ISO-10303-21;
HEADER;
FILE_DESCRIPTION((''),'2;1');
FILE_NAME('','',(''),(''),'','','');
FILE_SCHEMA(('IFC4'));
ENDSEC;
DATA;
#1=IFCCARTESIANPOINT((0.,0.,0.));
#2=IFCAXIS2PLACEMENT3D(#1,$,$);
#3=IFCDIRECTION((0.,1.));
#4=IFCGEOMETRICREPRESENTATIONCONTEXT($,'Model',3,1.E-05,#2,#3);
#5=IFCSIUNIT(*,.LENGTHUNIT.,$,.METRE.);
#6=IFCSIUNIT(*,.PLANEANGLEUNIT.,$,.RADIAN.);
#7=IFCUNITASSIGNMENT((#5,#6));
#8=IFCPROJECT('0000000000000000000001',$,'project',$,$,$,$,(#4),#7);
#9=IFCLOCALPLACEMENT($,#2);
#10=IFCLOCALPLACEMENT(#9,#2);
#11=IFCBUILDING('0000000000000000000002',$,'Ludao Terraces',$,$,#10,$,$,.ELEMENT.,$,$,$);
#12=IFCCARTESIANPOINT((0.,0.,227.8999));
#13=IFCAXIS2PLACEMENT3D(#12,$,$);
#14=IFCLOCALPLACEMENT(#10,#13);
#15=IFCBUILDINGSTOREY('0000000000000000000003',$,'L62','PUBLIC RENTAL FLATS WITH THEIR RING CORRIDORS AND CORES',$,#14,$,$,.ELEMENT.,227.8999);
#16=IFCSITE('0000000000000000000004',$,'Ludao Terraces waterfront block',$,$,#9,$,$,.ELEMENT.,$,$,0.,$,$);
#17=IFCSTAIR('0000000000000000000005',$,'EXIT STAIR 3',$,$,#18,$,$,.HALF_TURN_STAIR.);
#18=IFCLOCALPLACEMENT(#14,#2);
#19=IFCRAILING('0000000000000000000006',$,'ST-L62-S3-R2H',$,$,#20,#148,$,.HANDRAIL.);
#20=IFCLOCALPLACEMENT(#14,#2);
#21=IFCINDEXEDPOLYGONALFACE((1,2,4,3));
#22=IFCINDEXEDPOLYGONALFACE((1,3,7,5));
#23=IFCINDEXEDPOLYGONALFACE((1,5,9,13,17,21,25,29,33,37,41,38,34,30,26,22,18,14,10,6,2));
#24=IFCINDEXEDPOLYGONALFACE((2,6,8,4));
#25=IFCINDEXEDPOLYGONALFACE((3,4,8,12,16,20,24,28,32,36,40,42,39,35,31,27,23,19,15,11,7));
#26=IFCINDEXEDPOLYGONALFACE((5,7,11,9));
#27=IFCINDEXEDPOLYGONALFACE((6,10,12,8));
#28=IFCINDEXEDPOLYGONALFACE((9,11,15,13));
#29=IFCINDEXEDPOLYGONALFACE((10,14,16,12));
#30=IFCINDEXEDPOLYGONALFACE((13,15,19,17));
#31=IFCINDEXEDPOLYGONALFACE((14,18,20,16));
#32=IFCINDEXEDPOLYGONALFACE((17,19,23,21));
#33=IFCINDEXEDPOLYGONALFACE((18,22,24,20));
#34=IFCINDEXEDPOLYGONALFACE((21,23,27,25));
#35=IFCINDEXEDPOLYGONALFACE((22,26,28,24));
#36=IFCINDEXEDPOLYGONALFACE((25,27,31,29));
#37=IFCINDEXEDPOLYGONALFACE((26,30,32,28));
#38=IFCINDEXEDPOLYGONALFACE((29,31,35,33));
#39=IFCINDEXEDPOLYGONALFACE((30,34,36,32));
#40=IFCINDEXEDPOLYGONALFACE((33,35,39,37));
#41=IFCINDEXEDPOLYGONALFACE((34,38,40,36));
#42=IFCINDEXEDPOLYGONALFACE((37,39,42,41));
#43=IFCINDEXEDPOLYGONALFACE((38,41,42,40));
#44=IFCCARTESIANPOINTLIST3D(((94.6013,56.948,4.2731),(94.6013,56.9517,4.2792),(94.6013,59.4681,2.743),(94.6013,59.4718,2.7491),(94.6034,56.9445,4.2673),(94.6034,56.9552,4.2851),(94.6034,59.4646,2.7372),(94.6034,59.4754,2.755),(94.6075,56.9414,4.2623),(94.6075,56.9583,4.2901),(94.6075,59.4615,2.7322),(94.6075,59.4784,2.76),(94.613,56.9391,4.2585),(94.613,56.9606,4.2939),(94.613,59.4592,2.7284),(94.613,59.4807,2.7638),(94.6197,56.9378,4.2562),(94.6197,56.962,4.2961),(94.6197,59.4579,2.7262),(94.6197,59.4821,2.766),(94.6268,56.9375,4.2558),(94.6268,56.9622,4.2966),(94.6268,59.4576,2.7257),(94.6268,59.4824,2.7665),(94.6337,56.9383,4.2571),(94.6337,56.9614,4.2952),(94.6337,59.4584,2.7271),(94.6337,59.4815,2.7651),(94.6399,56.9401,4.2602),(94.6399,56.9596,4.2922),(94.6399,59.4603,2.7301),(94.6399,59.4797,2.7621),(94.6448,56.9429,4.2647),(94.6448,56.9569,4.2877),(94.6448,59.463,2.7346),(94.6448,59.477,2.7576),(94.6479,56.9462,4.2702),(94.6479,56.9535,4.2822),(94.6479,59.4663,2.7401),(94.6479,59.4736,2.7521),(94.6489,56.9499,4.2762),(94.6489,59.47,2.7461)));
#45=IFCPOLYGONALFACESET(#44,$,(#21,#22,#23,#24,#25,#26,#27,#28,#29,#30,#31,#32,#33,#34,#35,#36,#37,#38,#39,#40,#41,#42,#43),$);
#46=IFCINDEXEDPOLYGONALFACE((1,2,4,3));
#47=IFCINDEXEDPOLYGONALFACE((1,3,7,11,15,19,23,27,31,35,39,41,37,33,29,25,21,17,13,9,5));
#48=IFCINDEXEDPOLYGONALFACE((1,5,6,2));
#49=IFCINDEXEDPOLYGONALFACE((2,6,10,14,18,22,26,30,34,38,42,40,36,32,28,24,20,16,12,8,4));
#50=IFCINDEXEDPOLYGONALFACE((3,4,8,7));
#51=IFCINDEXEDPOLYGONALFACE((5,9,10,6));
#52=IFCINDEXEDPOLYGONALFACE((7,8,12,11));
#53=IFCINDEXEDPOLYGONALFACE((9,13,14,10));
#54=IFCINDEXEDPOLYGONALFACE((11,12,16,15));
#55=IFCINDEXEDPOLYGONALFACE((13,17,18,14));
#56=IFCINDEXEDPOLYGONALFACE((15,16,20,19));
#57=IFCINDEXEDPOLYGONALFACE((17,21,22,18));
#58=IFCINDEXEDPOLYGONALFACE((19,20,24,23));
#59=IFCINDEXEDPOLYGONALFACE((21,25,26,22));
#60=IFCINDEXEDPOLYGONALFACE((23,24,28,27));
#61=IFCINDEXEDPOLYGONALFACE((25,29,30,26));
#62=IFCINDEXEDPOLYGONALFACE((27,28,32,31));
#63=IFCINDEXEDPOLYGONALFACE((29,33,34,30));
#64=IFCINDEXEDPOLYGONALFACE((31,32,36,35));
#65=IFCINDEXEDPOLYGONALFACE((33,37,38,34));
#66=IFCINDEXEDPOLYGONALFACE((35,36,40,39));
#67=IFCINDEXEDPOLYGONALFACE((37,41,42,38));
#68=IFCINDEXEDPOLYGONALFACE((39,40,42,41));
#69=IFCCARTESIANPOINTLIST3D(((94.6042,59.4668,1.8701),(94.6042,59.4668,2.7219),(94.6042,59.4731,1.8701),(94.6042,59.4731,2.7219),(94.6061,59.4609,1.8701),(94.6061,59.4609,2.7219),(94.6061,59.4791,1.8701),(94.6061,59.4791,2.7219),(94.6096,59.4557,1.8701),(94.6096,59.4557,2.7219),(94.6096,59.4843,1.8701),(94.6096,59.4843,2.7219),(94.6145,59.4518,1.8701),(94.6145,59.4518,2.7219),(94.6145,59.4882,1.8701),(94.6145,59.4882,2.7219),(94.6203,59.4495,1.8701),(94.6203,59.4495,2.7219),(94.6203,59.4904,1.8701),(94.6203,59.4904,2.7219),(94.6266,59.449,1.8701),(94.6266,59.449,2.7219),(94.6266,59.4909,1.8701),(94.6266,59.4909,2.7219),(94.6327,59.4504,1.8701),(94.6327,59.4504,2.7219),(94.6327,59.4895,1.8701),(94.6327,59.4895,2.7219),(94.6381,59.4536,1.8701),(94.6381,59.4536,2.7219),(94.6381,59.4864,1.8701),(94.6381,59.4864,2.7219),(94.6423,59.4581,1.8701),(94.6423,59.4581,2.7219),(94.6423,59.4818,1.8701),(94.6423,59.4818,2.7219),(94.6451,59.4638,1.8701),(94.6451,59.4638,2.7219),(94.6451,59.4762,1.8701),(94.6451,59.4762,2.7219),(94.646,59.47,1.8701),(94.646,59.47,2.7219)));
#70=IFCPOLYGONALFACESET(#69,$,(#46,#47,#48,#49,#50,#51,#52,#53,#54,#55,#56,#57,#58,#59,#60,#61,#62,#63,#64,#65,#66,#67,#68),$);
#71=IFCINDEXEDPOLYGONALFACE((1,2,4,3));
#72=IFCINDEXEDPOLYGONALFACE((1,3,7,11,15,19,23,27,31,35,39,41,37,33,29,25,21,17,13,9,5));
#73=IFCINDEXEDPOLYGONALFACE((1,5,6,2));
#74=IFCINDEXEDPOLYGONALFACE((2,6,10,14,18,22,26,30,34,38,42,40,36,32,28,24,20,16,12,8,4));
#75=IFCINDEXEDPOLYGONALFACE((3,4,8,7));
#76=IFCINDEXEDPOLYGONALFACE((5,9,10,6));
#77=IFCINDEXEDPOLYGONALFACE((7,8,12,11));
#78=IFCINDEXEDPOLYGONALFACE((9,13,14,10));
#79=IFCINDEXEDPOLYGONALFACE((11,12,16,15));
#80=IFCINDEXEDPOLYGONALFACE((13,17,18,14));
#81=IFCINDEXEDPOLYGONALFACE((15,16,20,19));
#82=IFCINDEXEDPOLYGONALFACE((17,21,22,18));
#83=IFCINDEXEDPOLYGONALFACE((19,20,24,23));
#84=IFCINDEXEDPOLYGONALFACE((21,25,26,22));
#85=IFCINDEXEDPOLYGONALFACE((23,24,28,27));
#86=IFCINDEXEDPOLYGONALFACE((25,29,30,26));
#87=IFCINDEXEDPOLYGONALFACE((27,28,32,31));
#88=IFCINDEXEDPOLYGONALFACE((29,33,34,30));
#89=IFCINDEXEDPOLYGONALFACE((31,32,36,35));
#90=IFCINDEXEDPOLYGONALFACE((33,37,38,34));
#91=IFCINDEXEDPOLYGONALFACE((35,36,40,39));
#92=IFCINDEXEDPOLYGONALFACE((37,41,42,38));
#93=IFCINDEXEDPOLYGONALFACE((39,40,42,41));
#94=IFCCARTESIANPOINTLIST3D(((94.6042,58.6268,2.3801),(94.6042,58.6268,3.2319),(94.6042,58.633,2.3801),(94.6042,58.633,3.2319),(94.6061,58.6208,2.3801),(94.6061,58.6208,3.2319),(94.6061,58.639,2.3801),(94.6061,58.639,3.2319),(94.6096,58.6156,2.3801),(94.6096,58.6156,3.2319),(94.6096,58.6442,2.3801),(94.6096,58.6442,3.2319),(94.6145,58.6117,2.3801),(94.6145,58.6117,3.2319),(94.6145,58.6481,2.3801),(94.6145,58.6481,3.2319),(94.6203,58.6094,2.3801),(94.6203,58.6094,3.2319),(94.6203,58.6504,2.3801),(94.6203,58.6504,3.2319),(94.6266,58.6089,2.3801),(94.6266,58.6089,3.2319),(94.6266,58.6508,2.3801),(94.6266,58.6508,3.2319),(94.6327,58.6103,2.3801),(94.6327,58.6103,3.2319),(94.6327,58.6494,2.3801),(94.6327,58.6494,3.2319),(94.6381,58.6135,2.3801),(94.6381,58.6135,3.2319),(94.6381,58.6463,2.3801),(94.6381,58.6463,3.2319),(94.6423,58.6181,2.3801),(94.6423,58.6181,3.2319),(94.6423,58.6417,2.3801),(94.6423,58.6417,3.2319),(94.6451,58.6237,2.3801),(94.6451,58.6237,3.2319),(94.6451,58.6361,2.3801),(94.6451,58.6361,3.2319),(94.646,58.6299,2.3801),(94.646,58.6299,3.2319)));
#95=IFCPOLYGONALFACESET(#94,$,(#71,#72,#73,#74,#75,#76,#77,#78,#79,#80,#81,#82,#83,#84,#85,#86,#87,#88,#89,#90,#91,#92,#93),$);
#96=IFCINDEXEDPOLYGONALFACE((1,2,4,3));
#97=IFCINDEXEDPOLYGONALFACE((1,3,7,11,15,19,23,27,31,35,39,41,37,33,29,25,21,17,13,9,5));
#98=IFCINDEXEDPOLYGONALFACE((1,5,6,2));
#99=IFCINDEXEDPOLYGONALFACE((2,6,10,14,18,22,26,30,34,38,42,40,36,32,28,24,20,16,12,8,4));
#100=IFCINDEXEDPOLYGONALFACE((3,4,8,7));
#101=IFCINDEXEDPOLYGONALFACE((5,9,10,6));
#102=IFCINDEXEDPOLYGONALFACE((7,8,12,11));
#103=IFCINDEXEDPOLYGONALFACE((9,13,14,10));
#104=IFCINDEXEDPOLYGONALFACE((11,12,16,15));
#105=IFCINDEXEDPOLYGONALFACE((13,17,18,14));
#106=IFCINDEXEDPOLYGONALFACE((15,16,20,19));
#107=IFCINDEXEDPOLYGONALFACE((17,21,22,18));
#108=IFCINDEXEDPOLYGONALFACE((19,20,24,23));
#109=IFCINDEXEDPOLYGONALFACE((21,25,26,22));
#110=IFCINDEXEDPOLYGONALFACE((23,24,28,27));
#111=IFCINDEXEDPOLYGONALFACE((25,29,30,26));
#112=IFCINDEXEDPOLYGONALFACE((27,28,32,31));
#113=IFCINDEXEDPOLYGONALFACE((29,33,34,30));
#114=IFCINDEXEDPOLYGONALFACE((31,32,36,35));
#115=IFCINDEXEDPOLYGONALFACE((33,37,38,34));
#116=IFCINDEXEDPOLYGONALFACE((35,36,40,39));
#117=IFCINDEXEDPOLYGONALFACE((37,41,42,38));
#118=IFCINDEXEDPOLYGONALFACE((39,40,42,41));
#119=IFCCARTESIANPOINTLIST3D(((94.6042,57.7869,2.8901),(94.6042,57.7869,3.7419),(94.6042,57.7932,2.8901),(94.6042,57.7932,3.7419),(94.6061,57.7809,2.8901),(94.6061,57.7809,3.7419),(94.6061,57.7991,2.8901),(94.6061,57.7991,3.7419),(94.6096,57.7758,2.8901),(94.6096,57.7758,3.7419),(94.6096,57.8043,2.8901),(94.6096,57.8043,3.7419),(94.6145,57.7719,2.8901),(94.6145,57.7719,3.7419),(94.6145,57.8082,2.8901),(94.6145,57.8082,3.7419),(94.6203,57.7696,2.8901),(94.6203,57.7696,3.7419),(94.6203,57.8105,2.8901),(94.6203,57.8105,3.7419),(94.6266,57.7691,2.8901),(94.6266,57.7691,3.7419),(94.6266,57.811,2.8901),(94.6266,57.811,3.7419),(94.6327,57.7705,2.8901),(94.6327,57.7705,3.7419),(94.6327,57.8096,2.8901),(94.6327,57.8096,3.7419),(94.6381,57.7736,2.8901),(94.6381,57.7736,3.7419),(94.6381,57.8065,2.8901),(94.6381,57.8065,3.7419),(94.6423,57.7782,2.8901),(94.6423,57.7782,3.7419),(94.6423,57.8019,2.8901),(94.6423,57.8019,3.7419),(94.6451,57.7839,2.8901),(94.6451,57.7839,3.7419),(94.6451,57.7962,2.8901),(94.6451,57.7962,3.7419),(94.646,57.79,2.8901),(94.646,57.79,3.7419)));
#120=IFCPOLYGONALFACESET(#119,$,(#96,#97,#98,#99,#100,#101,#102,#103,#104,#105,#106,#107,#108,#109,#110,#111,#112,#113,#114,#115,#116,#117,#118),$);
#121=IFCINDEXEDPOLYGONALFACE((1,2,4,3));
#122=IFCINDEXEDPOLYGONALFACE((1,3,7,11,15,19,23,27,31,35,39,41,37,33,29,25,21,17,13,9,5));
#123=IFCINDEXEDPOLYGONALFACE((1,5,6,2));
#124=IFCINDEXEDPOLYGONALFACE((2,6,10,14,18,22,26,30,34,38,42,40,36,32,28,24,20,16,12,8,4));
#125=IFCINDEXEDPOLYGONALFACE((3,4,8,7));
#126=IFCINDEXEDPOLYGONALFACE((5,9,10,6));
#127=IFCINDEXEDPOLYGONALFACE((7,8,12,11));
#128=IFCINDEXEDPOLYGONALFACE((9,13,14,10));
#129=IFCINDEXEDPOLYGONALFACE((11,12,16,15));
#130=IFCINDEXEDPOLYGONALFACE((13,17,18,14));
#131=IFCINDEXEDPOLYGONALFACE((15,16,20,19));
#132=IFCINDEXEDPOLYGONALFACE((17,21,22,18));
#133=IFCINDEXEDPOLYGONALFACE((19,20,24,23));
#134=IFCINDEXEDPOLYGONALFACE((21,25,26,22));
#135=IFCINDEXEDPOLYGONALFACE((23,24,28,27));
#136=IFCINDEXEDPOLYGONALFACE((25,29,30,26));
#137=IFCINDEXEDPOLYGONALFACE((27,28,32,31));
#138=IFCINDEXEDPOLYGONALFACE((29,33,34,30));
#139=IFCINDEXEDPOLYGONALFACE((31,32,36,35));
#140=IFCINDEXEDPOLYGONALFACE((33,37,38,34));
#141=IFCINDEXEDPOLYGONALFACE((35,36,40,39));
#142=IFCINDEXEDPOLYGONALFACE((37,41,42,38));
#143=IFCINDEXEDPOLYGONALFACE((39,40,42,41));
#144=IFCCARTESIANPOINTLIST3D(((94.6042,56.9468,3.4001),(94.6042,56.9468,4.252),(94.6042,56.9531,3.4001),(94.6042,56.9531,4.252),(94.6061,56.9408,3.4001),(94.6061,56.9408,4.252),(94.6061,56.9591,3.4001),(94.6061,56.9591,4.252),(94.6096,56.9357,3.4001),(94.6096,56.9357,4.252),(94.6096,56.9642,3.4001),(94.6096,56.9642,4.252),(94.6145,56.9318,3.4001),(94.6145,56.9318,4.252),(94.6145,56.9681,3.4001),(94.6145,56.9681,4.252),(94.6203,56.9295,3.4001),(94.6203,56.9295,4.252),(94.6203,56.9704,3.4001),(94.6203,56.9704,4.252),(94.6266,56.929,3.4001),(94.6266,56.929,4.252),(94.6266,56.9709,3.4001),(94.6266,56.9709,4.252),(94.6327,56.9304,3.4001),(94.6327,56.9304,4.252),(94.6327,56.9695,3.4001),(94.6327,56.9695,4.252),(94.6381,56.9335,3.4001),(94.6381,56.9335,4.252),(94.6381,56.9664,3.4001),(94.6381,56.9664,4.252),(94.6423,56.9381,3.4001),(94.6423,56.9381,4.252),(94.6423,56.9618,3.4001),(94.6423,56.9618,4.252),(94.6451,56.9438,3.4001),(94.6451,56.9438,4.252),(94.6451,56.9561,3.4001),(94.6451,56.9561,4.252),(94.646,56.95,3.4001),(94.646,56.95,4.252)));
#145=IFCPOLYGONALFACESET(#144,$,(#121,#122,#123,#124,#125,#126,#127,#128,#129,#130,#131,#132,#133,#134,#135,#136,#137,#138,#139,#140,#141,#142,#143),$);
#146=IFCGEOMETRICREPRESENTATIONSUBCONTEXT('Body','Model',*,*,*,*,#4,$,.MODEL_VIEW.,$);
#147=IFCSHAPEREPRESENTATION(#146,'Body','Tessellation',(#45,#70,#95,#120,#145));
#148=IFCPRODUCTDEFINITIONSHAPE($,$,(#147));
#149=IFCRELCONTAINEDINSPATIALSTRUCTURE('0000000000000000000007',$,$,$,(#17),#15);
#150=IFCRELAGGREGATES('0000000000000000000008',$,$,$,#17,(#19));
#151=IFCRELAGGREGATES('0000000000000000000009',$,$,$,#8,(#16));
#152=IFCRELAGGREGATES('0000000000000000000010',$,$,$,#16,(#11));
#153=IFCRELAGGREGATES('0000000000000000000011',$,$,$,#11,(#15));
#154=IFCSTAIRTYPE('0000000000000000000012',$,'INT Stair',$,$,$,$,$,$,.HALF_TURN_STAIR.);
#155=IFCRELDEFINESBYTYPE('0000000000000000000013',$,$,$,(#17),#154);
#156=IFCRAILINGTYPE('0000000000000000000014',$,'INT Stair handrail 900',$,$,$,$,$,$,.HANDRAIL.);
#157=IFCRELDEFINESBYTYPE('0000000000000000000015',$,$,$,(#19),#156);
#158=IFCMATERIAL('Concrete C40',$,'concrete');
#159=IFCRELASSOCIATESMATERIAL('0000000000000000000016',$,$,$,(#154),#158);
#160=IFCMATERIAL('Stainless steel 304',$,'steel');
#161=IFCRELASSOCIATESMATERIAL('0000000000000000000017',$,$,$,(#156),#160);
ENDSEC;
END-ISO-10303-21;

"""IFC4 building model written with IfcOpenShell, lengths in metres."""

from ifc_helpers import new_model, si_unit, direction, frame, origin, origin_2d, place, context, subcontext, project, spatial, circle, extrude, material, type_object, element, aggregate, save


model = new_model("IFC4")

# Units and contexts
model_context = context("Model", 3, precision=1e-05, world=origin(), true_north=direction((0.0, 1.0)))
body_context = subcontext(model_context, "Body", "Model", "MODEL_VIEW")
ifc_project = project(units=[si_unit("LENGTHUNIT", "METRE"), si_unit("PLANEANGLEUNIT", "RADIAN")], contexts=[model_context])

# Site, building, storey
site_placement = place(None, origin())
site = spatial("IfcSite", under=ifc_project, at=site_placement, Name="Ludao Terraces waterfront block", CompositionType="ELEMENT", RefElevation=0.0)
building_placement = place(site_placement, origin())
building = spatial("IfcBuilding", under=site, at=building_placement, Name="Ludao Terraces", CompositionType="ELEMENT")
storey_placement = place(building_placement, frame((0.0, 0.0, 227.8999)))
storey = spatial("IfcBuildingStorey", under=building, at=storey_placement, Name="L62", Description="PUBLIC RENTAL FLATS WITH THEIR RING CORRIDORS AND CORES", CompositionType="ELEMENT", Elevation=227.8999)

# Shared definitions
ifc_material_1 = material(Name="Concrete C40", Category="concrete")

# Stair, railing
stair_type = type_object("IfcStairType", Name="INT Stair", PredefinedType="HALF_TURN_STAIR", material=ifc_material_1)
stair_placement = place(storey_placement, origin())
stair = element("IfcStair", 1, at=stair_placement, inside=storey, type_object=stair_type, Name="EXIT STAIR 3", PredefinedType="HALF_TURN_STAIR")
ifc_material_2 = material(Name="Stainless steel 304", Category="steel")
railing_type_1 = type_object("IfcRailingType", Name="INT Stair handrail 900", PredefinedType="HANDRAIL", material=ifc_material_2)
railing_1_placement = place(storey_placement, frame((94.625, 59.47, 1.8701)))
railing_1 = element("IfcRailing", 2, at=railing_1_placement, type_object=railing_type_1, Name="ST-L62-S3-R2H", PredefinedType="HANDRAIL", context=body_context, shape_type="SweptSolid", body=[
    extrude(circle(Radius=0.0239, at=origin_2d()), frame((0.0, 0.0, 0.876), z_axis=(0.0, -0.854785, 0.518982), x_axis=(1.0, 0.0, 0.0)), (0.0, 0.0, 1.0), 2.9482),
    extrude(circle(Radius=0.021, at=origin_2d()), origin(), (0.0, 0.0, 1.0), 0.8518),
    extrude(circle(Radius=0.021, at=origin_2d()), frame((0.0, -0.8401, 0.51)), (0.0, 0.0, 1.0), 0.8518),
    extrude(circle(Radius=0.021, at=origin_2d()), frame((0.0, -1.6799, 1.02)), (0.0, 0.0, 1.0), 0.8518),
    extrude(circle(Radius=0.021, at=origin_2d()), frame((0.0, -2.52, 1.53)), (0.0, 0.0, 1.0), 0.8518),
])
aggregate(stair, [railing_1])

save(model, "model.ifc")
